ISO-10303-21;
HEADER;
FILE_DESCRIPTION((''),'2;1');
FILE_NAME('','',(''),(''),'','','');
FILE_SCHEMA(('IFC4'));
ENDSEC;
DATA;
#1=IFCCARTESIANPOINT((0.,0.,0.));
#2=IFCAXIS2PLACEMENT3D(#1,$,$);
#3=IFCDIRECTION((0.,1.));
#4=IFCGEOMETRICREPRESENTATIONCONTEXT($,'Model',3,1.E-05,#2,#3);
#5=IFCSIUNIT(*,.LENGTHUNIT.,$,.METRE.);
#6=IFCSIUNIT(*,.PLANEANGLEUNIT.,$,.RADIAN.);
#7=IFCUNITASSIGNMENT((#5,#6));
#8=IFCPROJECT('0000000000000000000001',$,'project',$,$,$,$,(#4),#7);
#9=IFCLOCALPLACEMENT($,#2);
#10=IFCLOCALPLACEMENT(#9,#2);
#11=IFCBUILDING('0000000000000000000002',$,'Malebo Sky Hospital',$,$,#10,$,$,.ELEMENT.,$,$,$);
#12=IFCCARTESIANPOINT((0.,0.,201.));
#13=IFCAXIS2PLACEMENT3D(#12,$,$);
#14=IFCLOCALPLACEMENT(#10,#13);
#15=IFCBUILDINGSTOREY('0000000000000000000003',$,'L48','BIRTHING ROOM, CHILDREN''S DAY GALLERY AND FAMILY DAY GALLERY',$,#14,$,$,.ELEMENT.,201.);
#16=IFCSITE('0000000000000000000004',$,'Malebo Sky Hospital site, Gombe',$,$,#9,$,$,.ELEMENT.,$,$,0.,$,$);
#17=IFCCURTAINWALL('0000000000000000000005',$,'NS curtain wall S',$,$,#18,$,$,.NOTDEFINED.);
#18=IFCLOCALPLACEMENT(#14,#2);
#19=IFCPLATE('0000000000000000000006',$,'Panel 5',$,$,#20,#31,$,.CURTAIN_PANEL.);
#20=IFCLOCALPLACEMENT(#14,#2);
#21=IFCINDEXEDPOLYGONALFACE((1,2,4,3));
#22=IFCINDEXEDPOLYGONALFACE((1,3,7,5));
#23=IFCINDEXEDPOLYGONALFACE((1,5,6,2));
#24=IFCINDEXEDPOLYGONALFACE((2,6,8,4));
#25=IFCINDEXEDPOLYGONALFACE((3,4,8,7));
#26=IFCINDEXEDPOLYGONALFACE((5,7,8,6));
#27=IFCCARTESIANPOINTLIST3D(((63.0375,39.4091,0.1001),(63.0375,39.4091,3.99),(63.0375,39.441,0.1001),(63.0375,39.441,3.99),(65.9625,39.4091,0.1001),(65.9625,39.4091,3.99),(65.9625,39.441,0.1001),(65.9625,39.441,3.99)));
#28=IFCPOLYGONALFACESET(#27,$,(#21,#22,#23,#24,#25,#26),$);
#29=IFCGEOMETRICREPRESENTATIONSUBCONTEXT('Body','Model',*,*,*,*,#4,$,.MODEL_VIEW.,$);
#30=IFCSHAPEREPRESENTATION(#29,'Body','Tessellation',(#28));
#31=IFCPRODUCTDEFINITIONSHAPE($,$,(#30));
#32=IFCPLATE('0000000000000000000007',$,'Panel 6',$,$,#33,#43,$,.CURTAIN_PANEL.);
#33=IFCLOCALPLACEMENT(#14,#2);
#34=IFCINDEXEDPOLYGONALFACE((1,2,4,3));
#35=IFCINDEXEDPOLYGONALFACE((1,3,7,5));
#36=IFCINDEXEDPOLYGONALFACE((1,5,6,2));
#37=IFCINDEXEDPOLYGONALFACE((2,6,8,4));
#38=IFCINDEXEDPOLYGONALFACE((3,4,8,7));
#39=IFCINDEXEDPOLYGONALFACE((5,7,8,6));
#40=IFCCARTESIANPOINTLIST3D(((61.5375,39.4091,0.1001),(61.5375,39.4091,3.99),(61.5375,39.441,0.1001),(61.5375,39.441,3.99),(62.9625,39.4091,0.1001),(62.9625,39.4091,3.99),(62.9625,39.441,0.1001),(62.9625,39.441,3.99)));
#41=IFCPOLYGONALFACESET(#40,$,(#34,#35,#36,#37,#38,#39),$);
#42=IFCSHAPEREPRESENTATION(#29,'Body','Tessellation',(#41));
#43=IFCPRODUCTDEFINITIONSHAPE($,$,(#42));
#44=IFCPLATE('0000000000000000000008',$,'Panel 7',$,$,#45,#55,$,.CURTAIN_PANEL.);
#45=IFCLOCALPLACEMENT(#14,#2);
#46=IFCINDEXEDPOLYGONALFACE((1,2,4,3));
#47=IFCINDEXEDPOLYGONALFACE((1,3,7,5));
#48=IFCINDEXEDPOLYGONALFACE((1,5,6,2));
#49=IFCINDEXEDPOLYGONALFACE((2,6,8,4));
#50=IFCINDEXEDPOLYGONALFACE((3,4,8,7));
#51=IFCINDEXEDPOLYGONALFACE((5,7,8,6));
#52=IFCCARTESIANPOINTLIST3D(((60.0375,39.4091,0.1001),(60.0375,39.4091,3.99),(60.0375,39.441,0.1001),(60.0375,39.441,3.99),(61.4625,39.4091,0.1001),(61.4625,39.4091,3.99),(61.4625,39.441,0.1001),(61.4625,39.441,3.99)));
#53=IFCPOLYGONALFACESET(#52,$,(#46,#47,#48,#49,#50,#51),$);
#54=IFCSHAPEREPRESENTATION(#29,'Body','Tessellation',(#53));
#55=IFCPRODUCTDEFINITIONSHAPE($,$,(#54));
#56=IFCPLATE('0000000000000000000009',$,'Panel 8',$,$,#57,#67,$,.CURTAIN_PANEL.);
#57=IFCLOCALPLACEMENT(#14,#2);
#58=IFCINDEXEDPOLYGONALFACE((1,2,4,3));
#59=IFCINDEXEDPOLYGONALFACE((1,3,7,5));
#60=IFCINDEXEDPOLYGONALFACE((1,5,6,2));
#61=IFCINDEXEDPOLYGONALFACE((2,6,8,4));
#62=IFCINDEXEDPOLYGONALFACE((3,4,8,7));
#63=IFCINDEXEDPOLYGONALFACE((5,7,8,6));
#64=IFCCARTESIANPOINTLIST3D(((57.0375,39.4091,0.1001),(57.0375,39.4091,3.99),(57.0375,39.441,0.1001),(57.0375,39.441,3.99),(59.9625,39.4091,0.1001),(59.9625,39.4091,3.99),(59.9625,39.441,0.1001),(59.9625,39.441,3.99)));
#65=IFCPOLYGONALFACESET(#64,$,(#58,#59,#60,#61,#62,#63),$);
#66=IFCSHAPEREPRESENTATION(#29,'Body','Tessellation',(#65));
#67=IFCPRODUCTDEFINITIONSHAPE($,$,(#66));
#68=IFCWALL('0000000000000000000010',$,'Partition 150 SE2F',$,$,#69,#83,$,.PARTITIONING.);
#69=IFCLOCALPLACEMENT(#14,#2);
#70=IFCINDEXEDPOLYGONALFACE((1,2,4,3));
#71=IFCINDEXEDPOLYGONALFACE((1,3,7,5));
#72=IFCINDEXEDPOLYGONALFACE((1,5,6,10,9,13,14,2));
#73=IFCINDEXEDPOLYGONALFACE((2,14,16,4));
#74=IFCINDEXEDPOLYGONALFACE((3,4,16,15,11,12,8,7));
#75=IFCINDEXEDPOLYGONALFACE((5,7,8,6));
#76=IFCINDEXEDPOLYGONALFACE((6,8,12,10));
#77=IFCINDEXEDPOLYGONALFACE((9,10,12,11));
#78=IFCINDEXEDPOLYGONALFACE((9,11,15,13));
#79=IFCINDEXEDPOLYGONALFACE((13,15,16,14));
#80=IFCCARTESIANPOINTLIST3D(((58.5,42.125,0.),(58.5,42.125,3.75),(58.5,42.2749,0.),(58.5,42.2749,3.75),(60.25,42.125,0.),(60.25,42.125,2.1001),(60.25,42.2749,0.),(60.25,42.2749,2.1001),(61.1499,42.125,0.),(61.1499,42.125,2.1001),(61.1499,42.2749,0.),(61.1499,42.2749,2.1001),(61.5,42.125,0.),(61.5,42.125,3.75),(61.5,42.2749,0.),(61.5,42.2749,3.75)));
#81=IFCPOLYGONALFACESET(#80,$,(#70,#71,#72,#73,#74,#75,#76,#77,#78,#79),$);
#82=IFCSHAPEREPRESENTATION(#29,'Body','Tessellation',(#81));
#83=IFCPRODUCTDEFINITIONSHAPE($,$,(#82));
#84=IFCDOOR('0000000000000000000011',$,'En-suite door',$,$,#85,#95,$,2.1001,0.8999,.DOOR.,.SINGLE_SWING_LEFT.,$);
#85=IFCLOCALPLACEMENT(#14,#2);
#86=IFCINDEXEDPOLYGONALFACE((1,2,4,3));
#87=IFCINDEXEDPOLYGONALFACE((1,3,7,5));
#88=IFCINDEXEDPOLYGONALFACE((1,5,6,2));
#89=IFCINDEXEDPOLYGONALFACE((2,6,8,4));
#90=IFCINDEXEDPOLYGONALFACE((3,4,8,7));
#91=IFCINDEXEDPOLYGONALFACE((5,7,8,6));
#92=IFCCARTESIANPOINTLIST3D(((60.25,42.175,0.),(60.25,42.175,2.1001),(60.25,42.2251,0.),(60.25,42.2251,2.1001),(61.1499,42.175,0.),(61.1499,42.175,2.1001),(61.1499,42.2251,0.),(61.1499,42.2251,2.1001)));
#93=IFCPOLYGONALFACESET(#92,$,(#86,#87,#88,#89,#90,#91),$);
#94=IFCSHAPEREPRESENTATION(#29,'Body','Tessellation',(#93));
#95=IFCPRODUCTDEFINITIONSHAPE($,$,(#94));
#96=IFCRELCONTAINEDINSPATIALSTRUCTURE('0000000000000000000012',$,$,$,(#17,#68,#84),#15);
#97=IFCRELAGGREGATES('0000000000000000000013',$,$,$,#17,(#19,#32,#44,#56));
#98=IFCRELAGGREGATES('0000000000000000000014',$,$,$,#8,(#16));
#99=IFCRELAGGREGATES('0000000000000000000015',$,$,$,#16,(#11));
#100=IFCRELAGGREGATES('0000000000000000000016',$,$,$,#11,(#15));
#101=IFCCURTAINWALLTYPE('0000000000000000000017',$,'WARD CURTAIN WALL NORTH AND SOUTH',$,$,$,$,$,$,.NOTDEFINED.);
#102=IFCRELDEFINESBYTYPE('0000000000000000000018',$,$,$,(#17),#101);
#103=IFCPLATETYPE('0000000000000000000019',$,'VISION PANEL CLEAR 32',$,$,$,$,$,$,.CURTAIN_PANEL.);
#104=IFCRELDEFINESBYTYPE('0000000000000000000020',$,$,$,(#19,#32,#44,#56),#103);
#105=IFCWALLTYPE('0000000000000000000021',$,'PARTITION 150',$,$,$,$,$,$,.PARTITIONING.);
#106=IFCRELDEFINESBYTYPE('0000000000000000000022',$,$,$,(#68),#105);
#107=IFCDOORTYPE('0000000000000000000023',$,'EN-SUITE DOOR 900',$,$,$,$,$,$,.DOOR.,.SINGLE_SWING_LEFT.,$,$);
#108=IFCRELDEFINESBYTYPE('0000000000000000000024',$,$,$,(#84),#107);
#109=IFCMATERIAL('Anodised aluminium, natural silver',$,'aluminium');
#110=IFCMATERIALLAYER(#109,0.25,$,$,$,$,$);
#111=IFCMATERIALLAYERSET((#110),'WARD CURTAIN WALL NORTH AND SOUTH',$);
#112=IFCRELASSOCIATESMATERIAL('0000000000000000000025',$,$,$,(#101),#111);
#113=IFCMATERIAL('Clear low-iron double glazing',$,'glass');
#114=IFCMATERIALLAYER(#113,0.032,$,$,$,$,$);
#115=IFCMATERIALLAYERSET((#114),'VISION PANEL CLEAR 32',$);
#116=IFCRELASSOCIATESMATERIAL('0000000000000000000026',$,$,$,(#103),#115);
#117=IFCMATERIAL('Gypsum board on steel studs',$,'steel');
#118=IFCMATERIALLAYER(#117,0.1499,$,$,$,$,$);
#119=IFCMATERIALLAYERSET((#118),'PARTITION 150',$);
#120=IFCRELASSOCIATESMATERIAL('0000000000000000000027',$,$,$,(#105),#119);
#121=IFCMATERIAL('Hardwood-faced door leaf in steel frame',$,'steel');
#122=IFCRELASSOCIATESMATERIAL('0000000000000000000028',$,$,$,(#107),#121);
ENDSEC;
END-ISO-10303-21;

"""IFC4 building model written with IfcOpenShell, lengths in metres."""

from ifc_helpers import new_model, si_unit, direction, frame, frame_2d, origin, origin_2d, place, context, subcontext, project, spatial, rectangle, extrude, material, layer, layer_set, type_object, element, fill, aggregate, save


model = new_model("IFC4")

# Units and contexts
model_context = context("Model", 3, precision=1e-05, world=origin(), true_north=direction((0.0, 1.0)))
body_context = subcontext(model_context, "Body", "Model", "MODEL_VIEW")
ifc_project = project(units=[si_unit("LENGTHUNIT", "METRE"), si_unit("PLANEANGLEUNIT", "RADIAN")], contexts=[model_context])

# Site, building, storey
site_placement = place(None, origin())
site = spatial("IfcSite", under=ifc_project, at=site_placement, Name="Malebo Sky Hospital site, Gombe", CompositionType="ELEMENT", RefElevation=0.0)
building_placement = place(site_placement, origin())
building = spatial("IfcBuilding", under=site, at=building_placement, Name="Malebo Sky Hospital", CompositionType="ELEMENT")
storey_placement = place(building_placement, frame((0.0, 0.0, 201.0)))
storey = spatial("IfcBuildingStorey", under=building, at=storey_placement, Name="L48", Description="BIRTHING ROOM, CHILDREN'S DAY GALLERY AND FAMILY DAY GALLERY", CompositionType="ELEMENT", Elevation=201.0)

# Curtain wall
ifc_material_1 = material(Name="Anodised aluminium, natural silver", Category="aluminium")
ifc_layer_1 = layer(ifc_material_1, 0.25)
ifc_layer_set_1 = layer_set([ifc_layer_1], Name="WARD CURTAIN WALL NORTH AND SOUTH")
curtain_wall_type = type_object("IfcCurtainWallType", Name="WARD CURTAIN WALL NORTH AND SOUTH", PredefinedType="NOTDEFINED", material=ifc_layer_set_1)
curtain_wall_placement = place(storey_placement, origin())
curtain_wall = element("IfcCurtainWall", 1, at=curtain_wall_placement, inside=storey, type_object=curtain_wall_type, Name="NS curtain wall S", PredefinedType="NOTDEFINED")

# Plates
ifc_material_2 = material(Name="Clear low-iron double glazing", Category="glass")
ifc_layer_2 = layer(ifc_material_2, 0.032)
ifc_layer_set_2 = layer_set([ifc_layer_2], Name="VISION PANEL CLEAR 32")
plate_type = type_object("IfcPlateType", Name="VISION PANEL CLEAR 32", PredefinedType="CURTAIN_PANEL", material=ifc_layer_set_2)
plate_1_placement = place(storey_placement, frame((64.5, 39.425, 0.1001), z_axis=(0.0, 0.0, 1.0), x_axis=(-1.0, 0.0, 0.0)))
plate_1 = element("IfcPlate", 2, at=plate_1_placement, type_object=plate_type, Name="Panel 5", PredefinedType="CURTAIN_PANEL", context=body_context, shape_type="SweptSolid", body=[
    extrude(rectangle(XDim=2.925, YDim=0.032, at=origin_2d()), origin(), (0.0, 0.0, 1.0), 3.8899),
])
plate_2_placement = place(storey_placement, frame((62.25, 39.425, 0.1001), z_axis=(0.0, 0.0, 1.0), x_axis=(-1.0, 0.0, 0.0)))
plate_2 = element("IfcPlate", 3, at=plate_2_placement, type_object=plate_type, Name="Panel 6", PredefinedType="CURTAIN_PANEL", context=body_context, shape_type="SweptSolid", body=[
    extrude(rectangle(XDim=1.425, YDim=0.032, at=origin_2d()), origin(), (0.0, 0.0, 1.0), 3.8899),
])
plate_3_placement = place(storey_placement, frame((60.75, 39.425, 0.1001), z_axis=(0.0, 0.0, 1.0), x_axis=(-1.0, 0.0, 0.0)))
plate_3 = element("IfcPlate", 4, at=plate_3_placement, type_object=plate_type, Name="Panel 7", PredefinedType="CURTAIN_PANEL", context=body_context, shape_type="SweptSolid", body=[
    extrude(rectangle(XDim=1.425, YDim=0.032, at=origin_2d()), origin(), (0.0, 0.0, 1.0), 3.8899),
])
plate_4_placement = place(storey_placement, frame((58.5, 39.425, 0.1001), z_axis=(0.0, 0.0, 1.0), x_axis=(-1.0, 0.0, 0.0)))
plate_4 = element("IfcPlate", 5, at=plate_4_placement, type_object=plate_type, Name="Panel 8", PredefinedType="CURTAIN_PANEL", context=body_context, shape_type="SweptSolid", body=[
    extrude(rectangle(XDim=2.925, YDim=0.032, at=origin_2d()), origin(), (0.0, 0.0, 1.0), 3.8899),
])
aggregate(curtain_wall, [plate_1, plate_2, plate_3, plate_4])

# Wall, opening, door
ifc_material_3 = material(Name="Gypsum board on steel studs", Category="steel")
ifc_layer_3 = layer(ifc_material_3, 0.1499)
ifc_layer_set_3 = layer_set([ifc_layer_3], Name="PARTITION 150")
wall_type = type_object("IfcWallType", Name="PARTITION 150", PredefinedType="PARTITIONING", material=ifc_layer_set_3)
wall_placement = place(storey_placement, frame((61.5, 42.2, 0.0), z_axis=(0.0, 0.0, 1.0), x_axis=(-1.0, 0.0, 0.0)))
wall = element("IfcWall", 6, at=wall_placement, inside=storey, type_object=wall_type, Name="Partition 150 SE2F", PredefinedType="PARTITIONING", context=body_context, shape_type="SweptSolid", body=[
    extrude(rectangle(XDim=3.0, YDim=0.1499, at=frame_2d((1.5, 0.0))), origin(), (0.0, 0.0, 1.0), 3.75),
])
opening_placement = place(wall_placement, frame((0.3501, 0.0, 0.0)))
opening = element("IfcOpeningElement", 7, at=opening_placement, cuts=wall, PredefinedType="OPENING", context=body_context, shape_type="SweptSolid", body=[
    extrude(rectangle(XDim=0.8999, YDim=2.1001, at=frame_2d((0.45, 1.05))), frame((0.0, 0.085, 0.0), z_axis=(0.0, -1.0, 0.0), x_axis=(1.0, 0.0, 0.0)), (0.0, 0.0, 1.0), 0.1699),
])
ifc_material_4 = material(Name="Hardwood-faced door leaf in steel frame", Category="steel")
door_type = type_object("IfcDoorType", Name="EN-SUITE DOOR 900", OperationType="SINGLE_SWING_LEFT", PredefinedType="DOOR", material=ifc_material_4)
door_placement = place(opening_placement, origin())
door = element("IfcDoor", 8, at=door_placement, inside=storey, type_object=door_type, Name="En-suite door", OperationType="SINGLE_SWING_LEFT", OverallHeight=2.1001, OverallWidth=0.8999, PredefinedType="DOOR", context=body_context, shape_type="SweptSolid", body=[
    extrude(rectangle(XDim=0.8999, YDim=2.1001, at=frame_2d((0.45, 1.05))), frame((0.0, 0.0249, 0.0), z_axis=(0.0, -1.0, 0.0), x_axis=(1.0, 0.0, 0.0)), (0.0, 0.0, 1.0), 0.05),
])
fill(opening, door)

save(model, "model.ifc")
